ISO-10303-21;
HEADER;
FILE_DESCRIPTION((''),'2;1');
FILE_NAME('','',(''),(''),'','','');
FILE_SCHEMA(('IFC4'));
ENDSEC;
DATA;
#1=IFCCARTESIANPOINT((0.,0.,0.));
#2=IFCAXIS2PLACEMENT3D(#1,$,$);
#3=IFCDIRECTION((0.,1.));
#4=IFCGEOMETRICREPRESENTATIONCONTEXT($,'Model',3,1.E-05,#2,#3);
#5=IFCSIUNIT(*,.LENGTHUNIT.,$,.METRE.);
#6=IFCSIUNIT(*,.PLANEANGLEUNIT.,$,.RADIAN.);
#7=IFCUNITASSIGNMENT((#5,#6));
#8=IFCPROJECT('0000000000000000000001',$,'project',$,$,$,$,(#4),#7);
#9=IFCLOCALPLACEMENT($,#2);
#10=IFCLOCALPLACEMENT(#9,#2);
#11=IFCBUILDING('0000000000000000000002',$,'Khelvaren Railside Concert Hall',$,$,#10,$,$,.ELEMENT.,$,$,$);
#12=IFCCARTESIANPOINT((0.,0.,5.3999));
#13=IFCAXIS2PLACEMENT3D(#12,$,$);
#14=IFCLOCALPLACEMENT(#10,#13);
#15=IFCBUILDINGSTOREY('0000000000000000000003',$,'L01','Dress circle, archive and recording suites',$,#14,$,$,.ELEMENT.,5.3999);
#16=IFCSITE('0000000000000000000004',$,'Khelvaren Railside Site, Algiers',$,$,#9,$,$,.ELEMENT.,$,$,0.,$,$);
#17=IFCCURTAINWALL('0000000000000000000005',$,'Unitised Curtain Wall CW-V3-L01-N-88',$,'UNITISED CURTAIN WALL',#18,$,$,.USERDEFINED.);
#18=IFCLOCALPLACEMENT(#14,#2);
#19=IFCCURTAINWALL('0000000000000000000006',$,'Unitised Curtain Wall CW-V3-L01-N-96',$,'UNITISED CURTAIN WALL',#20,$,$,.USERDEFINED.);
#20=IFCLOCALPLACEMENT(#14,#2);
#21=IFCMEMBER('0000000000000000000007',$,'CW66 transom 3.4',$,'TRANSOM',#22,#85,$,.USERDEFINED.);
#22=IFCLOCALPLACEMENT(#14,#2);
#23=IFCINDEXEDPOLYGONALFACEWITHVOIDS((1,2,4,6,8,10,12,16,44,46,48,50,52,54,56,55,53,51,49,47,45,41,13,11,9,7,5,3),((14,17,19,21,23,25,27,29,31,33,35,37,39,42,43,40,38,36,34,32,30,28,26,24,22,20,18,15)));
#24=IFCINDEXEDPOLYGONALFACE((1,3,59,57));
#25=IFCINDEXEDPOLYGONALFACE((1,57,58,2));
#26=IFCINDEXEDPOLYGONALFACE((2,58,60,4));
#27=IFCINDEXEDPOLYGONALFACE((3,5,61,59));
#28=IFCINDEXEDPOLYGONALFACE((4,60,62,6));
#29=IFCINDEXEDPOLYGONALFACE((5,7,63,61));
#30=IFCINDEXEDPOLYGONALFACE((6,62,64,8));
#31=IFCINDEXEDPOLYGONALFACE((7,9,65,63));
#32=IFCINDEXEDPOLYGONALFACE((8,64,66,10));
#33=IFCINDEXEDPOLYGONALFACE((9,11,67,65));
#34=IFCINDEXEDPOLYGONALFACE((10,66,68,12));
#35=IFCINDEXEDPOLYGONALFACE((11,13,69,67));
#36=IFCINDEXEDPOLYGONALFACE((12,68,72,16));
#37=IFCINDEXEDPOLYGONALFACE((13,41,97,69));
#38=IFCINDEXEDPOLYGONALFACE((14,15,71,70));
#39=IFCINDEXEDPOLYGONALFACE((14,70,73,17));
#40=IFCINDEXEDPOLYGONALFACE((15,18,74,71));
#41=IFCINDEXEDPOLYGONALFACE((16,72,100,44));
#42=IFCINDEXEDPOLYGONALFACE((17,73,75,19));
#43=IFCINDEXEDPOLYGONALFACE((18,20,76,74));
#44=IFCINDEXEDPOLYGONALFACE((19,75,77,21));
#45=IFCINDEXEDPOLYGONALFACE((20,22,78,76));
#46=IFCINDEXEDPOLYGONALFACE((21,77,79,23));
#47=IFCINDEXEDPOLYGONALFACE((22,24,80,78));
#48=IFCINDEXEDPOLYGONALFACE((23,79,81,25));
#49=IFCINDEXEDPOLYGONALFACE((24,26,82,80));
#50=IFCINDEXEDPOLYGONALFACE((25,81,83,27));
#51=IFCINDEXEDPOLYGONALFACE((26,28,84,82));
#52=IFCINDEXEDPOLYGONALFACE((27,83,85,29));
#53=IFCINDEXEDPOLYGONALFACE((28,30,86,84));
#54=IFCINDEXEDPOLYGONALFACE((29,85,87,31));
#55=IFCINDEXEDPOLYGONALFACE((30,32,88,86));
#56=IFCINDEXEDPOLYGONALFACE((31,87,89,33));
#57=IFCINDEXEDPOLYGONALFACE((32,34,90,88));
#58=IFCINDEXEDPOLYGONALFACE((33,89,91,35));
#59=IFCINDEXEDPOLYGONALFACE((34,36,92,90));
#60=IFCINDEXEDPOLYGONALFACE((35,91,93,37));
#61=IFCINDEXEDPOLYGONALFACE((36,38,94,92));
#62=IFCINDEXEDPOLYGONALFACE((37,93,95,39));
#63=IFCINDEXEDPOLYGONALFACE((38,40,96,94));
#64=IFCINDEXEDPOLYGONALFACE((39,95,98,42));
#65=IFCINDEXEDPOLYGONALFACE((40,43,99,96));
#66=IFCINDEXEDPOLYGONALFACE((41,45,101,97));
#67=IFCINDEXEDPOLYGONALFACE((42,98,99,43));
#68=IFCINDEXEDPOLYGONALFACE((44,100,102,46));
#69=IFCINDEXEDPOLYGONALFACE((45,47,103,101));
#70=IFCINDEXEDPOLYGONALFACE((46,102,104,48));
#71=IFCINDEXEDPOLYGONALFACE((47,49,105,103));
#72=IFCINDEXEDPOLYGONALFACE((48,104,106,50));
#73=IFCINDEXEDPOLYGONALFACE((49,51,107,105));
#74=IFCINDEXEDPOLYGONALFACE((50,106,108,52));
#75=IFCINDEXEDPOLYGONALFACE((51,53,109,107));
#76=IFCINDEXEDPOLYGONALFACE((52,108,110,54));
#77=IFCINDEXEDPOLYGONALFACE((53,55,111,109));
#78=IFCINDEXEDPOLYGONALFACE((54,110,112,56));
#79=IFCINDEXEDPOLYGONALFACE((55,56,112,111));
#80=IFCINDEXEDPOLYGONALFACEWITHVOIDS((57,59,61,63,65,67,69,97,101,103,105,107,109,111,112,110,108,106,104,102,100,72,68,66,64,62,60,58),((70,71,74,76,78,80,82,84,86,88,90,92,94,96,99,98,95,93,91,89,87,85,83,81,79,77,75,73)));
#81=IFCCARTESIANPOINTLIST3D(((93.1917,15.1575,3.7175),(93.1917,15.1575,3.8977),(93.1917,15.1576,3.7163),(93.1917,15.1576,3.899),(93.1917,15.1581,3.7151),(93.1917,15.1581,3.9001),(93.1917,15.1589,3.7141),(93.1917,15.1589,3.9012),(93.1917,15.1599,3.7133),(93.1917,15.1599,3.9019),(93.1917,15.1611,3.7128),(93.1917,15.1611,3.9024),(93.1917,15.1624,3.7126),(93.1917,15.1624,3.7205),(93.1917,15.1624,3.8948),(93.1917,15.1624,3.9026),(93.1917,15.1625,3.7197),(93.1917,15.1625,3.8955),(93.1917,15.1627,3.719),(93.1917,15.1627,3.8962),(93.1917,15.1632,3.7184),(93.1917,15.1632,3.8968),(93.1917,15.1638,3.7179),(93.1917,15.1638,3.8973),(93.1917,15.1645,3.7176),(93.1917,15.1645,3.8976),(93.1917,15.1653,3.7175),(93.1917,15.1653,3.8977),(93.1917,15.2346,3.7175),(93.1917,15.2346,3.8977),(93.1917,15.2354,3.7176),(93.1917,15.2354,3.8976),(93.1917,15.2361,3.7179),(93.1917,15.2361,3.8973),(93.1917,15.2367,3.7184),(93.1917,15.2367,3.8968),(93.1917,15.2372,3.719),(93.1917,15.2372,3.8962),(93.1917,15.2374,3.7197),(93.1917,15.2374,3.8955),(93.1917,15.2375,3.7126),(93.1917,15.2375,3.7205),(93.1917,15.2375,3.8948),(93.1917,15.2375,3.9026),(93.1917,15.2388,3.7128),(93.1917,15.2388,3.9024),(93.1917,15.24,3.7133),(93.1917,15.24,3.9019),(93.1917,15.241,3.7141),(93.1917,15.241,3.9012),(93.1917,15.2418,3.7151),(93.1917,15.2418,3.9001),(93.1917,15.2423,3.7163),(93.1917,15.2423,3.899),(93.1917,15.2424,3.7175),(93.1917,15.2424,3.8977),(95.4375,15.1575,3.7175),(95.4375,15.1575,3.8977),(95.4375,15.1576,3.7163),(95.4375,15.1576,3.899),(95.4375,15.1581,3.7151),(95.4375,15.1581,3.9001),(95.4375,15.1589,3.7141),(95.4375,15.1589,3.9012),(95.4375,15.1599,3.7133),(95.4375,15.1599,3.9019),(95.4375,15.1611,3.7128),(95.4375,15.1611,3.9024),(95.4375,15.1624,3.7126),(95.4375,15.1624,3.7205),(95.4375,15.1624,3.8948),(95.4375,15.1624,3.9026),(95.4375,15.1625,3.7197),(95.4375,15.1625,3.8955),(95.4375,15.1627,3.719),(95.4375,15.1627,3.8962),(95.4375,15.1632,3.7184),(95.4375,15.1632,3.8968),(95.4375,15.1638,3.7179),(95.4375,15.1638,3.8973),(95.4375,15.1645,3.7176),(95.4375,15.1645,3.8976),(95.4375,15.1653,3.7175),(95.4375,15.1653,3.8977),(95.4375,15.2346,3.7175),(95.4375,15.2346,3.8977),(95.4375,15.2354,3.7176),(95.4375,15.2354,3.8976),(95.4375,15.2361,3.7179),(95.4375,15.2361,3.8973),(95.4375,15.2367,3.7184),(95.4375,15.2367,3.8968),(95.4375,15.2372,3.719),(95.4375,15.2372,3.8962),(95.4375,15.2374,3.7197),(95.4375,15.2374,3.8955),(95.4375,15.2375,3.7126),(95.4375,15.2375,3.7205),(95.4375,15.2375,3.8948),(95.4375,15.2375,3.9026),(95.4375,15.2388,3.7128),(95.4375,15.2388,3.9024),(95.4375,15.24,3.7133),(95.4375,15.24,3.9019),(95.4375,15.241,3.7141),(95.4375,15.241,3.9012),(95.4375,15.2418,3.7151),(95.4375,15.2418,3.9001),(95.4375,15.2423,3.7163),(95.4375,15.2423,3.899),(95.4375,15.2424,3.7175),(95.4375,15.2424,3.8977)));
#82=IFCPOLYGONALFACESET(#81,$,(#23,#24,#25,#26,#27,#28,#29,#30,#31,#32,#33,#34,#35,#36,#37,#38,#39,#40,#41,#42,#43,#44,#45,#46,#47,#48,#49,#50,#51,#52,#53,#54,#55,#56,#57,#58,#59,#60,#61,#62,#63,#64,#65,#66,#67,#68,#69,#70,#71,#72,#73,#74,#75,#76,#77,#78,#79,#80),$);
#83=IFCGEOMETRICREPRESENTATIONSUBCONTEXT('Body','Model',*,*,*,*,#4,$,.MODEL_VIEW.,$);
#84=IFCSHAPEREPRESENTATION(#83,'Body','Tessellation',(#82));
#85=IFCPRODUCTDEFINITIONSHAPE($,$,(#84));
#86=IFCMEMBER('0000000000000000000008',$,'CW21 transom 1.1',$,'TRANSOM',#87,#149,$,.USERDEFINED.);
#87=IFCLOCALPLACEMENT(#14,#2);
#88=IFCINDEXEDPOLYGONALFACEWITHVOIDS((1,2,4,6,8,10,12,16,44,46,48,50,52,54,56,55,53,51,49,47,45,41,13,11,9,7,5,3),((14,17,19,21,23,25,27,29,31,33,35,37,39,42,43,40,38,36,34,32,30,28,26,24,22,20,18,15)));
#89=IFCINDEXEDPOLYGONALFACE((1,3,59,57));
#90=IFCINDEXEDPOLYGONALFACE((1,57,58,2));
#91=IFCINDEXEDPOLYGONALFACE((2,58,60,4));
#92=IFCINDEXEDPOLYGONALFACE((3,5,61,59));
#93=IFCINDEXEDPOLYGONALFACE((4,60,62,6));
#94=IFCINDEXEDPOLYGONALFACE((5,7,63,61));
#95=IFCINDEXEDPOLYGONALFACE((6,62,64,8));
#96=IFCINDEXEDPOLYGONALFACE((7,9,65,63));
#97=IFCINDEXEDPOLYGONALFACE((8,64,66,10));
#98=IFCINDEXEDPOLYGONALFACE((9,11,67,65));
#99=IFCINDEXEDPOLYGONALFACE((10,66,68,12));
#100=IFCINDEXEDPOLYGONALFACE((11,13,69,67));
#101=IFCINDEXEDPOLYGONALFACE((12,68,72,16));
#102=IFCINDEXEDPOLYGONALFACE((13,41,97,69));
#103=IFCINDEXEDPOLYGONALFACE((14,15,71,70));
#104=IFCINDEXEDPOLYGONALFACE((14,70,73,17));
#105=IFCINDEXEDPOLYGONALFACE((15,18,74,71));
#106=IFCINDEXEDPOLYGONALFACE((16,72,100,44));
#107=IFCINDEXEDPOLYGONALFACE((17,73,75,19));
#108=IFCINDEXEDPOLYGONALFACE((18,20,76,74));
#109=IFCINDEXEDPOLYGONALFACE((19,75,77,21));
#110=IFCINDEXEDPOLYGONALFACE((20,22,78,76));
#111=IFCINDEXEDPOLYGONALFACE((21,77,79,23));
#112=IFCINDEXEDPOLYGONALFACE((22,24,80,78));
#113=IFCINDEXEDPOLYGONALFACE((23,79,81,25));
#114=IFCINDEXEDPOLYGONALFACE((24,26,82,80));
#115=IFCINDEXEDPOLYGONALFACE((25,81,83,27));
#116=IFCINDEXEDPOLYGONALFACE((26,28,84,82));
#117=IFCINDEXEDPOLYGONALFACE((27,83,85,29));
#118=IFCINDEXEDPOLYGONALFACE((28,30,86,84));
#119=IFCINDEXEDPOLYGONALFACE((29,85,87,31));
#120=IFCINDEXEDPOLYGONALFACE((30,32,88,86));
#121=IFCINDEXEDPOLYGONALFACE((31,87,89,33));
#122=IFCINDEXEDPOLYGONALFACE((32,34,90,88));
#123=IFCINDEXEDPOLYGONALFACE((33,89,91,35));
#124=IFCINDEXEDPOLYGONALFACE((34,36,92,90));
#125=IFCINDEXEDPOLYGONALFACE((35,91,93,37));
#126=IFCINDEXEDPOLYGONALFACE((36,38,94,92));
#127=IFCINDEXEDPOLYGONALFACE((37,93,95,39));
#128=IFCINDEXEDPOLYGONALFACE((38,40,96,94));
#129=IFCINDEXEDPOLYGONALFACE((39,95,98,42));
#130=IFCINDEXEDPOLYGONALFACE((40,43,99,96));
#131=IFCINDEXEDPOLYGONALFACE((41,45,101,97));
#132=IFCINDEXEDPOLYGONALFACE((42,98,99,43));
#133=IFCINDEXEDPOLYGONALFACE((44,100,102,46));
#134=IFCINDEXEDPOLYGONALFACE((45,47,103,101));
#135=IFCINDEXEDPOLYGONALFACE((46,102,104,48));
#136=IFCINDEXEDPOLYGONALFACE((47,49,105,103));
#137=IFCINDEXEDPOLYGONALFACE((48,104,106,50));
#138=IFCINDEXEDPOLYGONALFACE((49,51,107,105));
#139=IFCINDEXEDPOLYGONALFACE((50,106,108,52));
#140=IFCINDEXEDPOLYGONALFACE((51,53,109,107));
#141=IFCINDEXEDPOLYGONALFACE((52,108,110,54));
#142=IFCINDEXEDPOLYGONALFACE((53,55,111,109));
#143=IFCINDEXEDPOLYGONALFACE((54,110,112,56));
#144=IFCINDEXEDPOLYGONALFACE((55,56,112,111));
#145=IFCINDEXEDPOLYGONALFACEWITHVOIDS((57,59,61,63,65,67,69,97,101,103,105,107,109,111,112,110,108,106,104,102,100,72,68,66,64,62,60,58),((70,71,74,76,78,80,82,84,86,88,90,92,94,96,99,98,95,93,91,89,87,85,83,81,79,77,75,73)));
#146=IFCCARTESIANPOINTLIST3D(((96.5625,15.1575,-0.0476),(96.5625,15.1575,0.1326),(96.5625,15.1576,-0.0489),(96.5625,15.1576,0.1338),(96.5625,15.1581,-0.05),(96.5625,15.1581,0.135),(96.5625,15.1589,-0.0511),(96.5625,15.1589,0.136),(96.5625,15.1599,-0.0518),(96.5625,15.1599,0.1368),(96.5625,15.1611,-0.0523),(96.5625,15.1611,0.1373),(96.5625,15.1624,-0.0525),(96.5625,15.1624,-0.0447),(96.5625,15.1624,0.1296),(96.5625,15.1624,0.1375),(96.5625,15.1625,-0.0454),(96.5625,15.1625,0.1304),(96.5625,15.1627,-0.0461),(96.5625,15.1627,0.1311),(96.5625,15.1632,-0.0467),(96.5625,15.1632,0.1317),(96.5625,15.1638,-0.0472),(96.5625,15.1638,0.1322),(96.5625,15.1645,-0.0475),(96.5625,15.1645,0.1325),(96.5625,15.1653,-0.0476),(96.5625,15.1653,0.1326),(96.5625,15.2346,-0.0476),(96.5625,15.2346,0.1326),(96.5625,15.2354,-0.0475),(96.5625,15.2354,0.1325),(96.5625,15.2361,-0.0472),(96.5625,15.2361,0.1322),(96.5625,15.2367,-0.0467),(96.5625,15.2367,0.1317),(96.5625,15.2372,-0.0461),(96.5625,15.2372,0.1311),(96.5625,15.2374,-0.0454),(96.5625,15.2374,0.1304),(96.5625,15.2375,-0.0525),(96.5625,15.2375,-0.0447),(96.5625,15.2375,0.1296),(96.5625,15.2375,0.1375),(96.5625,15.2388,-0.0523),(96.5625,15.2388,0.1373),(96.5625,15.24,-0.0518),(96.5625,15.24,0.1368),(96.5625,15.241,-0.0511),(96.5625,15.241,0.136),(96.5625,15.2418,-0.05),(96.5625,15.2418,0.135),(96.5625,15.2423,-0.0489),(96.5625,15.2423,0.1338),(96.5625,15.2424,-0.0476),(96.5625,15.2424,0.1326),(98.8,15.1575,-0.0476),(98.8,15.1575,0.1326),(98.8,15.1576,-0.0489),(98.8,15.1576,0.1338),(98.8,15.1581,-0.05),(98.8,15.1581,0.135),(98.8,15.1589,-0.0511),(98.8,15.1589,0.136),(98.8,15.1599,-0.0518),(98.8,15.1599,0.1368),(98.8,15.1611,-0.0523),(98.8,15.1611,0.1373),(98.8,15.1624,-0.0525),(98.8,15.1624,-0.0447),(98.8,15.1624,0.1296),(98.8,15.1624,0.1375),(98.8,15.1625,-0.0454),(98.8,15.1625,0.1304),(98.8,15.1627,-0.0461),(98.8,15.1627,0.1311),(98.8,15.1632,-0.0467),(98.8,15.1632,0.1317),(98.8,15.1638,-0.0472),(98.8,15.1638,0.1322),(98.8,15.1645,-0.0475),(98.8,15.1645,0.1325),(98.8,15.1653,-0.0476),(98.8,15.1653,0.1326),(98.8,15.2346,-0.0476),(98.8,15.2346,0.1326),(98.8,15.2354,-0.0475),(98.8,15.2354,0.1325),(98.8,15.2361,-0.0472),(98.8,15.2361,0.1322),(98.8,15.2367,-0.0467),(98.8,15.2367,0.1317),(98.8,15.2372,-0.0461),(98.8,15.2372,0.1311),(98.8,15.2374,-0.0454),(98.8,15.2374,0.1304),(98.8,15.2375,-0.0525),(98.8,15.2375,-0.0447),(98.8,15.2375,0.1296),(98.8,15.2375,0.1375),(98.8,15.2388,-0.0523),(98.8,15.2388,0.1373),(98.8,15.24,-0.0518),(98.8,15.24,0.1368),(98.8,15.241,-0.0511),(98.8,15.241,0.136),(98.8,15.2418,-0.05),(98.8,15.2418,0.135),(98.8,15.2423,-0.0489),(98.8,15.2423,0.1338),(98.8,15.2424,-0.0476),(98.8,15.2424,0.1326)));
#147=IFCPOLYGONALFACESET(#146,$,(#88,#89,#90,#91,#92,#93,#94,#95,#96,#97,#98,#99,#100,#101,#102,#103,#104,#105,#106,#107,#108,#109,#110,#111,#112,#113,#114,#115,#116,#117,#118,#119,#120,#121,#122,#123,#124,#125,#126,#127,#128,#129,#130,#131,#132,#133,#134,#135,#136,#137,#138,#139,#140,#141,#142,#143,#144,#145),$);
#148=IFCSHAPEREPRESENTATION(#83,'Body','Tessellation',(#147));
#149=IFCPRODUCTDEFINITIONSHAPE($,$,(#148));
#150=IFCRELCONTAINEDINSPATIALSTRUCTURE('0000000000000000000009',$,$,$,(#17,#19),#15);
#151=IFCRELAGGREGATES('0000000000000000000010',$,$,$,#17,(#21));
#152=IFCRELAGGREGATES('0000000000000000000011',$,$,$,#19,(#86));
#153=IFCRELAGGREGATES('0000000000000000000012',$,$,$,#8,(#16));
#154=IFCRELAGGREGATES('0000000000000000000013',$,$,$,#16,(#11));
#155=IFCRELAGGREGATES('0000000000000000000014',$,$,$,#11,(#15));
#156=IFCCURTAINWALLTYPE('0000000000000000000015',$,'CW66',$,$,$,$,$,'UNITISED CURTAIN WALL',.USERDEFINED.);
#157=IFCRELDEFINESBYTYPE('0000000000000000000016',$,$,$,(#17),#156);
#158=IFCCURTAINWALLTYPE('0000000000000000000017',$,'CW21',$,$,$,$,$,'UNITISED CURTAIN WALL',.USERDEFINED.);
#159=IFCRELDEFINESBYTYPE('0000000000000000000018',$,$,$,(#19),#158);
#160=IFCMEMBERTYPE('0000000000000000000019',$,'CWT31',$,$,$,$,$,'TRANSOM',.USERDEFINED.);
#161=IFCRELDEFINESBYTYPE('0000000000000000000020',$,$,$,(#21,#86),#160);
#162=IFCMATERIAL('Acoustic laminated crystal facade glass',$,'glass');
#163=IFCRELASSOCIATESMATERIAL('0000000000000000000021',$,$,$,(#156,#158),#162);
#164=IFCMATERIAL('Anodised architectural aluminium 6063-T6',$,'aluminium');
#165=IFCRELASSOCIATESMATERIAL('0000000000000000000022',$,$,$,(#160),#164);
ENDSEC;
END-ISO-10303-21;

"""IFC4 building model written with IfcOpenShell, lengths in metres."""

from ifc_helpers import new_model, si_unit, direction, frame, origin, origin_2d, place, context, subcontext, project, spatial, hollow_rectangle, extrude, material, material_profile, profile_set, type_object, element, aggregate, save


model = new_model("IFC4")

# Units and contexts
model_context = context("Model", 3, precision=1e-05, world=origin(), true_north=direction((0.0, 1.0)))
body_context = subcontext(model_context, "Body", "Model", "MODEL_VIEW")
ifc_project = project(units=[si_unit("LENGTHUNIT", "METRE"), si_unit("PLANEANGLEUNIT", "RADIAN")], contexts=[model_context])

# Site, building, storey
site_placement = place(None, origin())
site = spatial("IfcSite", under=ifc_project, at=site_placement, Name="Khelvaren Railside Site, Algiers", CompositionType="ELEMENT", RefElevation=0.0)
building_placement = place(site_placement, origin())
building = spatial("IfcBuilding", under=site, at=building_placement, Name="Khelvaren Railside Concert Hall", CompositionType="ELEMENT")
storey_placement = place(building_placement, frame((0.0, 0.0, 5.3999)))
storey = spatial("IfcBuildingStorey", under=building, at=storey_placement, Name="L01", Description="Dress circle, archive and recording suites", CompositionType="ELEMENT", Elevation=5.3999)

# Curtain walls
ifc_material_1 = material(Name="Acoustic laminated crystal facade glass", Category="glass")
curtain_wall_type_1 = type_object("IfcCurtainWallType", Name="CW66", ElementType="UNITISED CURTAIN WALL", PredefinedType="USERDEFINED", material=ifc_material_1)
curtain_wall_1_placement = place(storey_placement, origin())
curtain_wall_1 = element("IfcCurtainWall", 1, at=curtain_wall_1_placement, inside=storey, type_object=curtain_wall_type_1, Name="Unitised Curtain Wall CW-V3-L01-N-88", ObjectType="UNITISED CURTAIN WALL", PredefinedType="USERDEFINED")
ifc_material_2 = material(Name="Anodised architectural aluminium 6063-T6", Category="aluminium")
curtain_wall_type_2 = type_object("IfcCurtainWallType", Name="CW21", ElementType="UNITISED CURTAIN WALL", PredefinedType="USERDEFINED", material=ifc_material_1)
curtain_wall_2_placement = place(storey_placement, origin())
curtain_wall_2 = element("IfcCurtainWall", 2, at=curtain_wall_2_placement, inside=storey, type_object=curtain_wall_type_2, Name="Unitised Curtain Wall CW-V3-L01-N-96", ObjectType="UNITISED CURTAIN WALL", PredefinedType="USERDEFINED")

# Members
ifc_material_profile_1 = material_profile(ifc_material_2, hollow_rectangle(XDim=0.085, YDim=0.1899, WallThickness=0.0049, InnerFilletRadius=0.0029, OuterFilletRadius=0.0049, at=origin_2d()), Name="CWT 85x190x5")
ifc_profile_set_1 = profile_set([ifc_material_profile_1], Name="Anodised architectural aluminium 6063-T6")
member_type_1 = type_object("IfcMemberType", Name="CWT31", ElementType="TRANSOM", PredefinedType="USERDEFINED", material=ifc_profile_set_1)
member_1_placement = place(storey_placement, frame((93.1917, 15.2, 3.8076), z_axis=(1.0, 0.0, 0.0), x_axis=(0.0, 1.0, 0.0)))
member_1 = element("IfcMember", 3, at=member_1_placement, type_object=member_type_1, Name="CW66 transom 3.4", ObjectType="TRANSOM", PredefinedType="USERDEFINED", context=body_context, shape_type="SweptSolid", body=[
    extrude(hollow_rectangle(XDim=0.085, YDim=0.1899, WallThickness=0.0049, InnerFilletRadius=0.0029, OuterFilletRadius=0.0049, at=origin_2d()), origin(), (0.0, 0.0, 1.0), 2.2458),
])
member_2_placement = place(storey_placement, frame((96.5625, 15.2, 0.0425), z_axis=(1.0, 0.0, 0.0), x_axis=(0.0, 1.0, 0.0)))
member_2 = element("IfcMember", 4, at=member_2_placement, type_object=member_type_1, Name="CW21 transom 1.1", ObjectType="TRANSOM", PredefinedType="USERDEFINED", context=body_context, shape_type="SweptSolid", body=[
    extrude(hollow_rectangle(XDim=0.085, YDim=0.1899, WallThickness=0.0049, InnerFilletRadius=0.0029, OuterFilletRadius=0.0049, at=origin_2d()), origin(), (0.0, 0.0, 1.0), 2.2375),
])

aggregate(curtain_wall_1, [member_1])
aggregate(curtain_wall_2, [member_2])

save(model, "model.ifc")
